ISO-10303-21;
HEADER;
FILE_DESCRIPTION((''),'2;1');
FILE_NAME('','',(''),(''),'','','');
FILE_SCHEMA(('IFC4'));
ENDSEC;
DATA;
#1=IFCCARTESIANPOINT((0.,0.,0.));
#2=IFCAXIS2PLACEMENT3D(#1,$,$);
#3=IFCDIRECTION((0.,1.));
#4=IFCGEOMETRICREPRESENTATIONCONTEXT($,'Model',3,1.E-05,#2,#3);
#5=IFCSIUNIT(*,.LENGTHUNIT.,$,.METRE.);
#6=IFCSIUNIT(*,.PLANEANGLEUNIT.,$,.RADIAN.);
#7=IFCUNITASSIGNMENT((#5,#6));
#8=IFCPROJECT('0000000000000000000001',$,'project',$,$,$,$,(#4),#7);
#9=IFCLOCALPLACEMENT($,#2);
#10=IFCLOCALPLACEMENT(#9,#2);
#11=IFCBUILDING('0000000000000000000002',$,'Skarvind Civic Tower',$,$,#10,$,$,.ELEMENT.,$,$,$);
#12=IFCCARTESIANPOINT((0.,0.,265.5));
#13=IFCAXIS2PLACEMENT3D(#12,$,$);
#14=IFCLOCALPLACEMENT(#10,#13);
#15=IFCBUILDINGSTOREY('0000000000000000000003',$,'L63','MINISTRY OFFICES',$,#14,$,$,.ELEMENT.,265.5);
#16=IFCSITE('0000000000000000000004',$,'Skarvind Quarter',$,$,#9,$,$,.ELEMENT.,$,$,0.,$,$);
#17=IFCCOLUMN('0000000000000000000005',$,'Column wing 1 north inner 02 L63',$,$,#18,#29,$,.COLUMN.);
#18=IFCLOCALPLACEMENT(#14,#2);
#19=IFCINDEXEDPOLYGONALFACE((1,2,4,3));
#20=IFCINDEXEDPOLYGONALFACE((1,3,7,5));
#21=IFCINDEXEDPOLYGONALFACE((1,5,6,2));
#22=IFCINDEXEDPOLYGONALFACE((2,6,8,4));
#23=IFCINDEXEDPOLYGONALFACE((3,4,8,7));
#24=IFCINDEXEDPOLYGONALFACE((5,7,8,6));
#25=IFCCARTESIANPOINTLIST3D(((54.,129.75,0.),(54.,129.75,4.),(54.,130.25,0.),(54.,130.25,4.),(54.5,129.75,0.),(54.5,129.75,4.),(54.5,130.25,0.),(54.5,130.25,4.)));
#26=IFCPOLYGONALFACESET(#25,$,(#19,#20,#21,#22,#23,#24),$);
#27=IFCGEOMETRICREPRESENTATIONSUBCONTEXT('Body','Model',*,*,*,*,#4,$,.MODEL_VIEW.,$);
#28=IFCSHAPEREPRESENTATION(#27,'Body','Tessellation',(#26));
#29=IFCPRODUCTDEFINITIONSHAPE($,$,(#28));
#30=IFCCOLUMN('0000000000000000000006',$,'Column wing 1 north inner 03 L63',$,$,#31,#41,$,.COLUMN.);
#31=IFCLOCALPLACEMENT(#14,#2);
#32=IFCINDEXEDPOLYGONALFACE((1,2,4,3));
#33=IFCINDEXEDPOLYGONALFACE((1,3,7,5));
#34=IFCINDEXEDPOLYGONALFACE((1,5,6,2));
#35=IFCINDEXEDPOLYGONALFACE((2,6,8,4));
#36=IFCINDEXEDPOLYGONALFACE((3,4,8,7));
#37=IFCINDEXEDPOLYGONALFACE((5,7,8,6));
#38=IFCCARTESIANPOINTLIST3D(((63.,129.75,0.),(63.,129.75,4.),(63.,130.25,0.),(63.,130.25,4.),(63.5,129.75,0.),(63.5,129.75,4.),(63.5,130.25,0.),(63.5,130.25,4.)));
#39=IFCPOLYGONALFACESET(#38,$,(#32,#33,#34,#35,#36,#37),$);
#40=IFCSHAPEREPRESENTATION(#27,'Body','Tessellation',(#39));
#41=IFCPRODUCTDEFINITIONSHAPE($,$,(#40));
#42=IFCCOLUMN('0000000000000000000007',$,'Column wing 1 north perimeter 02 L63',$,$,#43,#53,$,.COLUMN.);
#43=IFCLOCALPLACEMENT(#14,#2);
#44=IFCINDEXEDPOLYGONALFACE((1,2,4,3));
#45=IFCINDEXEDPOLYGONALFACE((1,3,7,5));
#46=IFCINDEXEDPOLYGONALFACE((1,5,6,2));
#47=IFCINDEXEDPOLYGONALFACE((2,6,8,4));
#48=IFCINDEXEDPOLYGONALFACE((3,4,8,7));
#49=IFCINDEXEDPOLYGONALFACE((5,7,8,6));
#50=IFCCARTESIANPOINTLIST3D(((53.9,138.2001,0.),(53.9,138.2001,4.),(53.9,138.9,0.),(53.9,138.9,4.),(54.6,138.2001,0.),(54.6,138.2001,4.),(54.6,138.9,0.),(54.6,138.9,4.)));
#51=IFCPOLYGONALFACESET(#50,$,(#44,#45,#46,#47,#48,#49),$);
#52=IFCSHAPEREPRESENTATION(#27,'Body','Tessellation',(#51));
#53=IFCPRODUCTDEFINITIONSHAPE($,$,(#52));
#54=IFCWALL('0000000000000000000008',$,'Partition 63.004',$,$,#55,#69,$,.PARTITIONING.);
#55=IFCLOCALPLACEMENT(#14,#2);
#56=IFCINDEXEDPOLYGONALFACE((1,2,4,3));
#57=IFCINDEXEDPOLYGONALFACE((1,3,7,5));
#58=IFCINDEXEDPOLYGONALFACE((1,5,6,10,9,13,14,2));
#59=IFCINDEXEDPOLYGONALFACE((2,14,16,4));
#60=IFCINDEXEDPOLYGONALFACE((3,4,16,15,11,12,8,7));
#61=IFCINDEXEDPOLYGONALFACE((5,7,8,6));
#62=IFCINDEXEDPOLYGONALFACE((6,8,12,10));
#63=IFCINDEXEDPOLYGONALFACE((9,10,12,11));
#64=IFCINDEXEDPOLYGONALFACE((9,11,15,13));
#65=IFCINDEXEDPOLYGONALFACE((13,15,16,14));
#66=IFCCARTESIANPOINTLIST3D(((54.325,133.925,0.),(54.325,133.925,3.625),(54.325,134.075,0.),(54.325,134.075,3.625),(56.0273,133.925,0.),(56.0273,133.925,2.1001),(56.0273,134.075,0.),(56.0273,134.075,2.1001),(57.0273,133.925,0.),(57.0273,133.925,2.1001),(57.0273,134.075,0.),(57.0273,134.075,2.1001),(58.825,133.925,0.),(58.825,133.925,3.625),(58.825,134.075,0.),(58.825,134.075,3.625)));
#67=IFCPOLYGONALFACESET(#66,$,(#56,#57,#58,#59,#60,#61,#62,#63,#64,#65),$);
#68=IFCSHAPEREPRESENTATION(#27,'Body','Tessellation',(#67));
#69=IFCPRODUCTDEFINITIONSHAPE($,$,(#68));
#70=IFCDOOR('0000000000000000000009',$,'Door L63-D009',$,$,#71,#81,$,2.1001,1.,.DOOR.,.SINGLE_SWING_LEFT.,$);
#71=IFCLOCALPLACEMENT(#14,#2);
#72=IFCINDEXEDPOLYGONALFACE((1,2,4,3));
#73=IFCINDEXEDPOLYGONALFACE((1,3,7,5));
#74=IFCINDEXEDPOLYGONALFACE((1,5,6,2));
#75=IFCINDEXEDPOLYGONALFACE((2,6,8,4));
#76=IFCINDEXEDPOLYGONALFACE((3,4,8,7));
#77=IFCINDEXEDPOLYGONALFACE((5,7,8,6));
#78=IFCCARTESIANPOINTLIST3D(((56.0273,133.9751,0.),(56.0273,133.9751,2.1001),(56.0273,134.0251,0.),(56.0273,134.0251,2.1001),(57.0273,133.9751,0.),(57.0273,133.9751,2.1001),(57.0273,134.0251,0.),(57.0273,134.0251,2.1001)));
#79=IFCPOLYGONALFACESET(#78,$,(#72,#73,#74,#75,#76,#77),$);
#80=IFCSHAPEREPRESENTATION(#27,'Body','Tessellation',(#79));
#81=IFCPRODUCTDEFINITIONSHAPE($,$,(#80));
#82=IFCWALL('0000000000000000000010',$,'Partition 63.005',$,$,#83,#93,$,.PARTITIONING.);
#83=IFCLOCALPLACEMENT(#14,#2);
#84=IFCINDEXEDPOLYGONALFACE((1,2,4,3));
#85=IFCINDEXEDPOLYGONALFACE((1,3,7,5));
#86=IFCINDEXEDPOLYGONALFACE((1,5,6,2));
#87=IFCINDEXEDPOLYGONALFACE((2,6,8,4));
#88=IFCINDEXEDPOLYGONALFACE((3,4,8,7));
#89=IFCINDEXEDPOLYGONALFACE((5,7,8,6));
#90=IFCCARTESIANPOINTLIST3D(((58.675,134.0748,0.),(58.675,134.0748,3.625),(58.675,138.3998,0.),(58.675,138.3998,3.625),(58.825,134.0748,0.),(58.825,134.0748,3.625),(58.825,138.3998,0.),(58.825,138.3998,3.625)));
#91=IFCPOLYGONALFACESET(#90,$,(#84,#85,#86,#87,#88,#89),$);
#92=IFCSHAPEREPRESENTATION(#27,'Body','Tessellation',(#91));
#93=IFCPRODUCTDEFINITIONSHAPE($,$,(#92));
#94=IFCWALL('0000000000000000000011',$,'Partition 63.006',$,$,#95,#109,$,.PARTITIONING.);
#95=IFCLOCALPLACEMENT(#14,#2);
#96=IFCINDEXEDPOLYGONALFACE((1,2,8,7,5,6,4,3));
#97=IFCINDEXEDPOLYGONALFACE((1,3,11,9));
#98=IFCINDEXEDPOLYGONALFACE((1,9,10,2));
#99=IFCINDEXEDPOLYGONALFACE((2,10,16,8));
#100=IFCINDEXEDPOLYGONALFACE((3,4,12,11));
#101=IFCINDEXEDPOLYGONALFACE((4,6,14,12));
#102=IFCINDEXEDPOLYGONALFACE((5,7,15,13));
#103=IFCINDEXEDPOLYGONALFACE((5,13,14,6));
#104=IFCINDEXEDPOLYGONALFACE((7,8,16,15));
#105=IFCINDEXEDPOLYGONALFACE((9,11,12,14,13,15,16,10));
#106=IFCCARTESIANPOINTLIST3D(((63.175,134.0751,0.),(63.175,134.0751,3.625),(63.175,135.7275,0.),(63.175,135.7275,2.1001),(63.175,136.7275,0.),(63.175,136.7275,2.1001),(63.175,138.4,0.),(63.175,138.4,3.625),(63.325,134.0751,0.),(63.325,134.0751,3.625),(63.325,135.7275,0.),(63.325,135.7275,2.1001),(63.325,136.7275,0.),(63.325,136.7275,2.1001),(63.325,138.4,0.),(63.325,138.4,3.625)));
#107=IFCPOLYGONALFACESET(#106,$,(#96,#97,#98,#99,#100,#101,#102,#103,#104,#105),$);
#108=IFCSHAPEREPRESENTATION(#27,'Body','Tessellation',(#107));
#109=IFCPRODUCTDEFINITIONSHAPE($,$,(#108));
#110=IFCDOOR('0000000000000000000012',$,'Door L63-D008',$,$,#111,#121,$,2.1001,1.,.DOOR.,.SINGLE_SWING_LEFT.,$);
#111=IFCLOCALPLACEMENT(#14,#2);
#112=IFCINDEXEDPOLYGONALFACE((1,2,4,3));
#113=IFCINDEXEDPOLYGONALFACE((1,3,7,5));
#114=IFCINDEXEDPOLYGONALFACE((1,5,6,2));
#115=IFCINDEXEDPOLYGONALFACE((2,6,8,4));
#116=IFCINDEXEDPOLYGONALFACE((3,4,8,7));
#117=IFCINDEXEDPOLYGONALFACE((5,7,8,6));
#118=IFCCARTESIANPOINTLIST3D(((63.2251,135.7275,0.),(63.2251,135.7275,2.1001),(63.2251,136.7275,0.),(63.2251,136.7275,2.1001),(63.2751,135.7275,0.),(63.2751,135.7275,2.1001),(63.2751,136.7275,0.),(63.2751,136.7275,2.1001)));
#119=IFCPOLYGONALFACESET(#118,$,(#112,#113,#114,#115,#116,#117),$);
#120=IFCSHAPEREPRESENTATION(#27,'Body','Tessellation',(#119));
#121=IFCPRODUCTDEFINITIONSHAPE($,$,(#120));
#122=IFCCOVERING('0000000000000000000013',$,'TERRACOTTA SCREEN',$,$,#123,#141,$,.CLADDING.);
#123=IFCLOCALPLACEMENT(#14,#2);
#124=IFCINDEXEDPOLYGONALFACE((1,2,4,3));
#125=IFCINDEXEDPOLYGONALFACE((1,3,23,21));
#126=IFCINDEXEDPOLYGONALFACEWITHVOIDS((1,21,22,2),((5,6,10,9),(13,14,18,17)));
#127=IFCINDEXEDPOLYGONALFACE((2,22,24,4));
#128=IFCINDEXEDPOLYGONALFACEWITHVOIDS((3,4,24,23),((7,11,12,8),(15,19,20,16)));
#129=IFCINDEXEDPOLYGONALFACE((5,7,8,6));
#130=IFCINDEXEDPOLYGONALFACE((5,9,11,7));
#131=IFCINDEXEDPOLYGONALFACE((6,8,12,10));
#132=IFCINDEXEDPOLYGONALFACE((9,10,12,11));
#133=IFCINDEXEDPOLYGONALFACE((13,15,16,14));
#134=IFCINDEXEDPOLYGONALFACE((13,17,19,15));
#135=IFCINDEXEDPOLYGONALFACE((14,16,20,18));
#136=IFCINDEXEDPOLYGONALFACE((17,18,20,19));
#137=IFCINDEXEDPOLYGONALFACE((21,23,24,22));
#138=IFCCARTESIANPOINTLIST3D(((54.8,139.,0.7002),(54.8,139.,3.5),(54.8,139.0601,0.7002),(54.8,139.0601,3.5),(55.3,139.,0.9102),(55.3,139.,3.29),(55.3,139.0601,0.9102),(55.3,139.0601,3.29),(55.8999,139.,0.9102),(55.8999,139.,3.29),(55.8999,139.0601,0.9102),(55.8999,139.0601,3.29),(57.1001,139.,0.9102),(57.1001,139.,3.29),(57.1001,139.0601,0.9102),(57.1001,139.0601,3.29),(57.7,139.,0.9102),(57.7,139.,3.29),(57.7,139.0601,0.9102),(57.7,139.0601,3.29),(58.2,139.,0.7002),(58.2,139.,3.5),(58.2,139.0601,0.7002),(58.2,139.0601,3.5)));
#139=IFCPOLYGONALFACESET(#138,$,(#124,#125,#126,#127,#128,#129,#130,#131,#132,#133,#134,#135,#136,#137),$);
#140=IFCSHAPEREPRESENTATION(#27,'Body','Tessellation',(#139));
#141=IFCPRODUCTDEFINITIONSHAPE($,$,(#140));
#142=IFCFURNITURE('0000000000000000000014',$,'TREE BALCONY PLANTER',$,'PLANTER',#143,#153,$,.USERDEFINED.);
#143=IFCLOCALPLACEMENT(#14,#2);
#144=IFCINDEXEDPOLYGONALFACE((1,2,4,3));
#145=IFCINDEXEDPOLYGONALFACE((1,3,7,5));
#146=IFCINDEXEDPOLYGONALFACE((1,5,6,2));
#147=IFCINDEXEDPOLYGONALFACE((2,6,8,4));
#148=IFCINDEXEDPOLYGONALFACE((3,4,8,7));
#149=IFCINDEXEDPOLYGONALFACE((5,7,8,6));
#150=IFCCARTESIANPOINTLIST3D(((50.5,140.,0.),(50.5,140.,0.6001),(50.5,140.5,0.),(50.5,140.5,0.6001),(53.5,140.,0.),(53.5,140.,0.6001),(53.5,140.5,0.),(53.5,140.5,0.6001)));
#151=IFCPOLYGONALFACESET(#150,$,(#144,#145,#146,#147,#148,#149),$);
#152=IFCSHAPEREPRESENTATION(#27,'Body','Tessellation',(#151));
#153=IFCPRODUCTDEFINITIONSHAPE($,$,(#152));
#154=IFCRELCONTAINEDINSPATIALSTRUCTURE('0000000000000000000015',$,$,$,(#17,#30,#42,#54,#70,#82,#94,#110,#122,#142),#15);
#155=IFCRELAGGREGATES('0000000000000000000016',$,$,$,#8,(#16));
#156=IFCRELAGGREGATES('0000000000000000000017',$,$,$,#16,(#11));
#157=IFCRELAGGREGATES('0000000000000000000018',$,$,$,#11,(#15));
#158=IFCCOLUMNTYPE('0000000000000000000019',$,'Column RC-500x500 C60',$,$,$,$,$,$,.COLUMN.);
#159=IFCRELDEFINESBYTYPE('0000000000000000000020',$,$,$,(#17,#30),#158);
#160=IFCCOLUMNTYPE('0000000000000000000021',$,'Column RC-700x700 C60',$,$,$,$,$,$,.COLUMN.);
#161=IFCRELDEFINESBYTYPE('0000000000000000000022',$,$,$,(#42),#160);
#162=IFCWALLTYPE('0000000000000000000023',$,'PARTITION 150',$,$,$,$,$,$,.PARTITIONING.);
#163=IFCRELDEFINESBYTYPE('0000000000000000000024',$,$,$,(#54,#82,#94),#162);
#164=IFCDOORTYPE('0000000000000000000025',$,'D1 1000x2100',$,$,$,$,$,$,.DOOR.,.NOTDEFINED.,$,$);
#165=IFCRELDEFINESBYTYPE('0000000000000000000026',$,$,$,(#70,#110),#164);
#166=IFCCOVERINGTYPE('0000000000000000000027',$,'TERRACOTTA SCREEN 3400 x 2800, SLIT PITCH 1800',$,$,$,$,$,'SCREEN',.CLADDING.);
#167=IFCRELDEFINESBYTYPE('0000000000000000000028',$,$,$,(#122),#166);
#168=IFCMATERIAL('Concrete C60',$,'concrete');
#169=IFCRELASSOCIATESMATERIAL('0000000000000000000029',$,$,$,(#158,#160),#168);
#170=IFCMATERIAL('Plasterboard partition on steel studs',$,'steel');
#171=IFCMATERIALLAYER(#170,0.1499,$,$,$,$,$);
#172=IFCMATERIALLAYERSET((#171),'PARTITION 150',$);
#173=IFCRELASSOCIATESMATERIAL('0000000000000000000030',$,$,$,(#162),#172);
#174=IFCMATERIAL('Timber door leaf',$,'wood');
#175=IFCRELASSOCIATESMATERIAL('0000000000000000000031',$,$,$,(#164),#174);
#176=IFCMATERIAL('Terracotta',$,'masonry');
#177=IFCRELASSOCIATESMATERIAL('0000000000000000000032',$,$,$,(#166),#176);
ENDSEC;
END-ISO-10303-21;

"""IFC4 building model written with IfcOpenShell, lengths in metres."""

from ifc_helpers import new_model, si_unit, direction, frame, frame_2d, origin, origin_2d, place, context, subcontext, project, spatial, polyline, rectangle, outline, extrude, material, layer, layer_set, material_profile, profile_set, type_object, element, fill, save


model = new_model("IFC4")

# Units and contexts
model_context = context("Model", 3, precision=1e-05, world=origin(), true_north=direction((0.0, 1.0)))
body_context = subcontext(model_context, "Body", "Model", "MODEL_VIEW")
ifc_project = project(units=[si_unit("LENGTHUNIT", "METRE"), si_unit("PLANEANGLEUNIT", "RADIAN")], contexts=[model_context])

# Site, building, storey
site_placement = place(None, origin())
site = spatial("IfcSite", under=ifc_project, at=site_placement, Name="Skarvind Quarter", CompositionType="ELEMENT", RefElevation=0.0)
building_placement = place(site_placement, origin())
building = spatial("IfcBuilding", under=site, at=building_placement, Name="Skarvind Civic Tower", CompositionType="ELEMENT")
storey_placement = place(building_placement, frame((0.0, 0.0, 265.5)))
storey = spatial("IfcBuildingStorey", under=building, at=storey_placement, Name="L63", Description="MINISTRY OFFICES", CompositionType="ELEMENT", Elevation=265.5)

# Columns
ifc_material_1 = material(Name="Concrete C60", Category="concrete")
ifc_material_profile_1 = material_profile(ifc_material_1, rectangle(XDim=0.5, YDim=0.5, at=origin_2d()), Name="RC-500x500")
ifc_profile_set_1 = profile_set([ifc_material_profile_1], Name="Concrete C60")
column_type_1 = type_object("IfcColumnType", Name="Column RC-500x500 C60", PredefinedType="COLUMN", material=ifc_profile_set_1)
for number, where, z_axis, x_axis, name in (
    (1, (54.25, 130.0, 0.0), (0.0, 0.0, 1.0), (1.0, 0.0, 0.0), "Column wing 1 north inner 02 L63"),
    (2, (63.25, 130.0, 0.0), (0.0, 0.0, 1.0), (1.0, 0.0, 0.0), "Column wing 1 north inner 03 L63"),
):
    element("IfcColumn", number, at=place(storey_placement, frame(where, z_axis=z_axis, x_axis=x_axis)), inside=storey, type_object=column_type_1, Name=name, PredefinedType="COLUMN", context=body_context, shape_type="SweptSolid", body=[
        extrude(rectangle(XDim=0.5, YDim=0.5, at=origin_2d()), origin(), (0.0, 0.0, 1.0), 4.0),
    ])
ifc_material_profile_2 = material_profile(ifc_material_1, rectangle(XDim=0.7, YDim=0.7, at=origin_2d()), Name="RC-700x700")
ifc_profile_set_2 = profile_set([ifc_material_profile_2], Name="Concrete C60")
column_type_2 = type_object("IfcColumnType", Name="Column RC-700x700 C60", PredefinedType="COLUMN", material=ifc_profile_set_2)
column_placement = place(storey_placement, frame((54.25, 138.55, 0.0), z_axis=(0.0, 0.0, 1.0), x_axis=(1.0, 0.0, 0.0)))
element("IfcColumn", 3, at=column_placement, inside=storey, type_object=column_type_2, Name="Column wing 1 north perimeter 02 L63", PredefinedType="COLUMN", context=body_context, shape_type="SweptSolid", body=[
    extrude(rectangle(XDim=0.7, YDim=0.7, at=origin_2d()), origin(), (0.0, 0.0, 1.0), 4.0),
])

# Wall, opening, door
ifc_material_2 = material(Name="Plasterboard partition on steel studs", Category="steel")
ifc_layer = layer(ifc_material_2, 0.1499)
ifc_layer_set = layer_set([ifc_layer], Name="PARTITION 150")
wall_type = type_object("IfcWallType", Name="PARTITION 150", PredefinedType="PARTITIONING", material=ifc_layer_set)
wall_1_placement = place(storey_placement, frame((58.825, 134.0, 0.0), z_axis=(0.0, 0.0, 1.0), x_axis=(-1.0, 0.0, 0.0)))
wall_1 = element("IfcWall", 4, at=wall_1_placement, inside=storey, type_object=wall_type, Name="Partition 63.004", PredefinedType="PARTITIONING", context=body_context, shape_type="SweptSolid", body=[
    extrude(rectangle(XDim=4.5, YDim=0.1499, at=frame_2d((2.25, 0.0))), origin(), (0.0, 0.0, 1.0), 3.625),
])
opening_1_placement = place(wall_1_placement, frame((1.7976, 0.0, 0.0)))
opening_1 = element("IfcOpeningElement", 5, at=opening_1_placement, cuts=wall_1, PredefinedType="OPENING", context=body_context, shape_type="SweptSolid", body=[
    extrude(rectangle(XDim=1.0, YDim=2.1001, at=frame_2d((0.5, 1.05))), frame((0.0, 0.085, 0.0), z_axis=(0.0, -1.0, 0.0), x_axis=(1.0, 0.0, 0.0)), (0.0, 0.0, 1.0), 0.1699),
])
ifc_material_3 = material(Name="Timber door leaf", Category="wood")
door_type = type_object("IfcDoorType", Name="D1 1000x2100", OperationType="NOTDEFINED", PredefinedType="DOOR", material=ifc_material_3)
door_1_placement = place(opening_1_placement, origin())
door_1 = element("IfcDoor", 6, at=door_1_placement, inside=storey, type_object=door_type, Name="Door L63-D009", OperationType="SINGLE_SWING_LEFT", OverallHeight=2.1001, OverallWidth=1.0, PredefinedType="DOOR", context=body_context, shape_type="SweptSolid", body=[
    extrude(rectangle(XDim=1.0, YDim=2.1001, at=frame_2d((0.5, 1.05))), frame((0.0, 0.0249, 0.0), z_axis=(0.0, -1.0, 0.0), x_axis=(1.0, 0.0, 0.0)), (0.0, 0.0, 1.0), 0.05),
])
fill(opening_1, door_1)

# Wall
wall_2_placement = place(storey_placement, frame((58.75, 138.3999, 0.0), z_axis=(0.0, 0.0, 1.0), x_axis=(0.0, -1.0, 0.0)))
element("IfcWall", 7, at=wall_2_placement, inside=storey, type_object=wall_type, Name="Partition 63.005", PredefinedType="PARTITIONING", context=body_context, shape_type="SweptSolid", body=[
    extrude(rectangle(XDim=4.325, YDim=0.1499, at=frame_2d((2.1626, 0.0))), origin(), (0.0, 0.0, 1.0), 3.625),
])

# Wall, opening, door
wall_3_placement = place(storey_placement, frame((63.25, 134.075, 0.0), z_axis=(0.0, 0.0, 1.0), x_axis=(0.0, 1.0, 0.0)))
wall_3 = element("IfcWall", 8, at=wall_3_placement, inside=storey, type_object=wall_type, Name="Partition 63.006", PredefinedType="PARTITIONING", context=body_context, shape_type="SweptSolid", body=[
    extrude(rectangle(XDim=4.325, YDim=0.1499, at=frame_2d((2.1626, 0.0))), origin(), (0.0, 0.0, 1.0), 3.625),
])
opening_2_placement = place(wall_3_placement, frame((1.6526, 0.0, 0.0)))
opening_2 = element("IfcOpeningElement", 9, at=opening_2_placement, cuts=wall_3, PredefinedType="OPENING", context=body_context, shape_type="SweptSolid", body=[
    extrude(rectangle(XDim=1.0, YDim=2.1001, at=frame_2d((0.5, 1.05))), frame((0.0, 0.085, 0.0), z_axis=(0.0, -1.0, 0.0), x_axis=(1.0, 0.0, 0.0)), (0.0, 0.0, 1.0), 0.1699),
])
door_2_placement = place(opening_2_placement, origin())
door_2 = element("IfcDoor", 10, at=door_2_placement, inside=storey, type_object=door_type, Name="Door L63-D008", OperationType="SINGLE_SWING_LEFT", OverallHeight=2.1001, OverallWidth=1.0, PredefinedType="DOOR", context=body_context, shape_type="SweptSolid", body=[
    extrude(rectangle(XDim=1.0, YDim=2.1001, at=frame_2d((0.5, 1.05))), frame((0.0, 0.0249, 0.0), z_axis=(0.0, -1.0, 0.0), x_axis=(1.0, 0.0, 0.0)), (0.0, 0.0, 1.0), 0.05),
])
fill(opening_2, door_2)

# Covering
ifc_material_4 = material(Name="Terracotta", Category="masonry")
ifc_material_profile_3 = material_profile(ifc_material_4, outline(polyline([(-1.7, -1.3999), (1.7, -1.3999), (1.7, 1.3999), (-1.7, 1.3999), (-1.7, -1.3999)]), holes=[polyline([(-1.2, -1.1899), (-0.6001, -1.1899), (-0.6001, 1.1899), (-1.2, 1.1899), (-1.2, -1.1899)]), polyline([(0.6001, -1.1899), (1.2, -1.1899), (1.2, 1.1899), (0.6001, 1.1899), (0.6001, -1.1899)])]), Name="TERRACOTTA SCREEN 3400 x 2800, SLIT PITCH 1800")
ifc_profile_set_3 = profile_set([ifc_material_profile_3], Name="Terracotta")
covering_type = type_object("IfcCoveringType", Name="TERRACOTTA SCREEN 3400 x 2800, SLIT PITCH 1800", ElementType="SCREEN", PredefinedType="CLADDING", material=ifc_profile_set_3)
covering_placement = place(storey_placement, frame((56.5, 139.0, 2.1001), z_axis=(0.0, 1.0, 0.0), x_axis=(-1.0, 0.0, 0.0)))
element("IfcCovering", 11, at=covering_placement, inside=storey, type_object=covering_type, Name="TERRACOTTA SCREEN", PredefinedType="CLADDING", context=body_context, shape_type="SweptSolid", body=[
    extrude(outline(polyline([(-1.7, -1.3999), (1.7, -1.3999), (1.7, 1.3999), (-1.7, 1.3999), (-1.7, -1.3999)]), holes=[polyline([(-1.2, -1.1899), (-0.6001, -1.1899), (-0.6001, 1.1899), (-1.2, 1.1899), (-1.2, -1.1899)]), polyline([(0.6001, -1.1899), (1.2, -1.1899), (1.2, 1.1899), (0.6001, 1.1899), (0.6001, -1.1899)])]), origin(), (0.0, 0.0, 1.0), 0.0601),
])

# Furniture
furniture_placement = place(storey_placement, frame((52.0, 140.25, 0.0), z_axis=(0.0, 0.0, 1.0), x_axis=(1.0, 0.0, 0.0)))
element("IfcFurniture", 12, at=furniture_placement, inside=storey, Name="TREE BALCONY PLANTER", ObjectType="PLANTER", PredefinedType="USERDEFINED", context=body_context, shape_type="SweptSolid", body=[
    extrude(rectangle(XDim=3.0, YDim=0.5, at=origin_2d()), origin(), (0.0, 0.0, 1.0), 0.6001),
])

save(model, "model.ifc")
